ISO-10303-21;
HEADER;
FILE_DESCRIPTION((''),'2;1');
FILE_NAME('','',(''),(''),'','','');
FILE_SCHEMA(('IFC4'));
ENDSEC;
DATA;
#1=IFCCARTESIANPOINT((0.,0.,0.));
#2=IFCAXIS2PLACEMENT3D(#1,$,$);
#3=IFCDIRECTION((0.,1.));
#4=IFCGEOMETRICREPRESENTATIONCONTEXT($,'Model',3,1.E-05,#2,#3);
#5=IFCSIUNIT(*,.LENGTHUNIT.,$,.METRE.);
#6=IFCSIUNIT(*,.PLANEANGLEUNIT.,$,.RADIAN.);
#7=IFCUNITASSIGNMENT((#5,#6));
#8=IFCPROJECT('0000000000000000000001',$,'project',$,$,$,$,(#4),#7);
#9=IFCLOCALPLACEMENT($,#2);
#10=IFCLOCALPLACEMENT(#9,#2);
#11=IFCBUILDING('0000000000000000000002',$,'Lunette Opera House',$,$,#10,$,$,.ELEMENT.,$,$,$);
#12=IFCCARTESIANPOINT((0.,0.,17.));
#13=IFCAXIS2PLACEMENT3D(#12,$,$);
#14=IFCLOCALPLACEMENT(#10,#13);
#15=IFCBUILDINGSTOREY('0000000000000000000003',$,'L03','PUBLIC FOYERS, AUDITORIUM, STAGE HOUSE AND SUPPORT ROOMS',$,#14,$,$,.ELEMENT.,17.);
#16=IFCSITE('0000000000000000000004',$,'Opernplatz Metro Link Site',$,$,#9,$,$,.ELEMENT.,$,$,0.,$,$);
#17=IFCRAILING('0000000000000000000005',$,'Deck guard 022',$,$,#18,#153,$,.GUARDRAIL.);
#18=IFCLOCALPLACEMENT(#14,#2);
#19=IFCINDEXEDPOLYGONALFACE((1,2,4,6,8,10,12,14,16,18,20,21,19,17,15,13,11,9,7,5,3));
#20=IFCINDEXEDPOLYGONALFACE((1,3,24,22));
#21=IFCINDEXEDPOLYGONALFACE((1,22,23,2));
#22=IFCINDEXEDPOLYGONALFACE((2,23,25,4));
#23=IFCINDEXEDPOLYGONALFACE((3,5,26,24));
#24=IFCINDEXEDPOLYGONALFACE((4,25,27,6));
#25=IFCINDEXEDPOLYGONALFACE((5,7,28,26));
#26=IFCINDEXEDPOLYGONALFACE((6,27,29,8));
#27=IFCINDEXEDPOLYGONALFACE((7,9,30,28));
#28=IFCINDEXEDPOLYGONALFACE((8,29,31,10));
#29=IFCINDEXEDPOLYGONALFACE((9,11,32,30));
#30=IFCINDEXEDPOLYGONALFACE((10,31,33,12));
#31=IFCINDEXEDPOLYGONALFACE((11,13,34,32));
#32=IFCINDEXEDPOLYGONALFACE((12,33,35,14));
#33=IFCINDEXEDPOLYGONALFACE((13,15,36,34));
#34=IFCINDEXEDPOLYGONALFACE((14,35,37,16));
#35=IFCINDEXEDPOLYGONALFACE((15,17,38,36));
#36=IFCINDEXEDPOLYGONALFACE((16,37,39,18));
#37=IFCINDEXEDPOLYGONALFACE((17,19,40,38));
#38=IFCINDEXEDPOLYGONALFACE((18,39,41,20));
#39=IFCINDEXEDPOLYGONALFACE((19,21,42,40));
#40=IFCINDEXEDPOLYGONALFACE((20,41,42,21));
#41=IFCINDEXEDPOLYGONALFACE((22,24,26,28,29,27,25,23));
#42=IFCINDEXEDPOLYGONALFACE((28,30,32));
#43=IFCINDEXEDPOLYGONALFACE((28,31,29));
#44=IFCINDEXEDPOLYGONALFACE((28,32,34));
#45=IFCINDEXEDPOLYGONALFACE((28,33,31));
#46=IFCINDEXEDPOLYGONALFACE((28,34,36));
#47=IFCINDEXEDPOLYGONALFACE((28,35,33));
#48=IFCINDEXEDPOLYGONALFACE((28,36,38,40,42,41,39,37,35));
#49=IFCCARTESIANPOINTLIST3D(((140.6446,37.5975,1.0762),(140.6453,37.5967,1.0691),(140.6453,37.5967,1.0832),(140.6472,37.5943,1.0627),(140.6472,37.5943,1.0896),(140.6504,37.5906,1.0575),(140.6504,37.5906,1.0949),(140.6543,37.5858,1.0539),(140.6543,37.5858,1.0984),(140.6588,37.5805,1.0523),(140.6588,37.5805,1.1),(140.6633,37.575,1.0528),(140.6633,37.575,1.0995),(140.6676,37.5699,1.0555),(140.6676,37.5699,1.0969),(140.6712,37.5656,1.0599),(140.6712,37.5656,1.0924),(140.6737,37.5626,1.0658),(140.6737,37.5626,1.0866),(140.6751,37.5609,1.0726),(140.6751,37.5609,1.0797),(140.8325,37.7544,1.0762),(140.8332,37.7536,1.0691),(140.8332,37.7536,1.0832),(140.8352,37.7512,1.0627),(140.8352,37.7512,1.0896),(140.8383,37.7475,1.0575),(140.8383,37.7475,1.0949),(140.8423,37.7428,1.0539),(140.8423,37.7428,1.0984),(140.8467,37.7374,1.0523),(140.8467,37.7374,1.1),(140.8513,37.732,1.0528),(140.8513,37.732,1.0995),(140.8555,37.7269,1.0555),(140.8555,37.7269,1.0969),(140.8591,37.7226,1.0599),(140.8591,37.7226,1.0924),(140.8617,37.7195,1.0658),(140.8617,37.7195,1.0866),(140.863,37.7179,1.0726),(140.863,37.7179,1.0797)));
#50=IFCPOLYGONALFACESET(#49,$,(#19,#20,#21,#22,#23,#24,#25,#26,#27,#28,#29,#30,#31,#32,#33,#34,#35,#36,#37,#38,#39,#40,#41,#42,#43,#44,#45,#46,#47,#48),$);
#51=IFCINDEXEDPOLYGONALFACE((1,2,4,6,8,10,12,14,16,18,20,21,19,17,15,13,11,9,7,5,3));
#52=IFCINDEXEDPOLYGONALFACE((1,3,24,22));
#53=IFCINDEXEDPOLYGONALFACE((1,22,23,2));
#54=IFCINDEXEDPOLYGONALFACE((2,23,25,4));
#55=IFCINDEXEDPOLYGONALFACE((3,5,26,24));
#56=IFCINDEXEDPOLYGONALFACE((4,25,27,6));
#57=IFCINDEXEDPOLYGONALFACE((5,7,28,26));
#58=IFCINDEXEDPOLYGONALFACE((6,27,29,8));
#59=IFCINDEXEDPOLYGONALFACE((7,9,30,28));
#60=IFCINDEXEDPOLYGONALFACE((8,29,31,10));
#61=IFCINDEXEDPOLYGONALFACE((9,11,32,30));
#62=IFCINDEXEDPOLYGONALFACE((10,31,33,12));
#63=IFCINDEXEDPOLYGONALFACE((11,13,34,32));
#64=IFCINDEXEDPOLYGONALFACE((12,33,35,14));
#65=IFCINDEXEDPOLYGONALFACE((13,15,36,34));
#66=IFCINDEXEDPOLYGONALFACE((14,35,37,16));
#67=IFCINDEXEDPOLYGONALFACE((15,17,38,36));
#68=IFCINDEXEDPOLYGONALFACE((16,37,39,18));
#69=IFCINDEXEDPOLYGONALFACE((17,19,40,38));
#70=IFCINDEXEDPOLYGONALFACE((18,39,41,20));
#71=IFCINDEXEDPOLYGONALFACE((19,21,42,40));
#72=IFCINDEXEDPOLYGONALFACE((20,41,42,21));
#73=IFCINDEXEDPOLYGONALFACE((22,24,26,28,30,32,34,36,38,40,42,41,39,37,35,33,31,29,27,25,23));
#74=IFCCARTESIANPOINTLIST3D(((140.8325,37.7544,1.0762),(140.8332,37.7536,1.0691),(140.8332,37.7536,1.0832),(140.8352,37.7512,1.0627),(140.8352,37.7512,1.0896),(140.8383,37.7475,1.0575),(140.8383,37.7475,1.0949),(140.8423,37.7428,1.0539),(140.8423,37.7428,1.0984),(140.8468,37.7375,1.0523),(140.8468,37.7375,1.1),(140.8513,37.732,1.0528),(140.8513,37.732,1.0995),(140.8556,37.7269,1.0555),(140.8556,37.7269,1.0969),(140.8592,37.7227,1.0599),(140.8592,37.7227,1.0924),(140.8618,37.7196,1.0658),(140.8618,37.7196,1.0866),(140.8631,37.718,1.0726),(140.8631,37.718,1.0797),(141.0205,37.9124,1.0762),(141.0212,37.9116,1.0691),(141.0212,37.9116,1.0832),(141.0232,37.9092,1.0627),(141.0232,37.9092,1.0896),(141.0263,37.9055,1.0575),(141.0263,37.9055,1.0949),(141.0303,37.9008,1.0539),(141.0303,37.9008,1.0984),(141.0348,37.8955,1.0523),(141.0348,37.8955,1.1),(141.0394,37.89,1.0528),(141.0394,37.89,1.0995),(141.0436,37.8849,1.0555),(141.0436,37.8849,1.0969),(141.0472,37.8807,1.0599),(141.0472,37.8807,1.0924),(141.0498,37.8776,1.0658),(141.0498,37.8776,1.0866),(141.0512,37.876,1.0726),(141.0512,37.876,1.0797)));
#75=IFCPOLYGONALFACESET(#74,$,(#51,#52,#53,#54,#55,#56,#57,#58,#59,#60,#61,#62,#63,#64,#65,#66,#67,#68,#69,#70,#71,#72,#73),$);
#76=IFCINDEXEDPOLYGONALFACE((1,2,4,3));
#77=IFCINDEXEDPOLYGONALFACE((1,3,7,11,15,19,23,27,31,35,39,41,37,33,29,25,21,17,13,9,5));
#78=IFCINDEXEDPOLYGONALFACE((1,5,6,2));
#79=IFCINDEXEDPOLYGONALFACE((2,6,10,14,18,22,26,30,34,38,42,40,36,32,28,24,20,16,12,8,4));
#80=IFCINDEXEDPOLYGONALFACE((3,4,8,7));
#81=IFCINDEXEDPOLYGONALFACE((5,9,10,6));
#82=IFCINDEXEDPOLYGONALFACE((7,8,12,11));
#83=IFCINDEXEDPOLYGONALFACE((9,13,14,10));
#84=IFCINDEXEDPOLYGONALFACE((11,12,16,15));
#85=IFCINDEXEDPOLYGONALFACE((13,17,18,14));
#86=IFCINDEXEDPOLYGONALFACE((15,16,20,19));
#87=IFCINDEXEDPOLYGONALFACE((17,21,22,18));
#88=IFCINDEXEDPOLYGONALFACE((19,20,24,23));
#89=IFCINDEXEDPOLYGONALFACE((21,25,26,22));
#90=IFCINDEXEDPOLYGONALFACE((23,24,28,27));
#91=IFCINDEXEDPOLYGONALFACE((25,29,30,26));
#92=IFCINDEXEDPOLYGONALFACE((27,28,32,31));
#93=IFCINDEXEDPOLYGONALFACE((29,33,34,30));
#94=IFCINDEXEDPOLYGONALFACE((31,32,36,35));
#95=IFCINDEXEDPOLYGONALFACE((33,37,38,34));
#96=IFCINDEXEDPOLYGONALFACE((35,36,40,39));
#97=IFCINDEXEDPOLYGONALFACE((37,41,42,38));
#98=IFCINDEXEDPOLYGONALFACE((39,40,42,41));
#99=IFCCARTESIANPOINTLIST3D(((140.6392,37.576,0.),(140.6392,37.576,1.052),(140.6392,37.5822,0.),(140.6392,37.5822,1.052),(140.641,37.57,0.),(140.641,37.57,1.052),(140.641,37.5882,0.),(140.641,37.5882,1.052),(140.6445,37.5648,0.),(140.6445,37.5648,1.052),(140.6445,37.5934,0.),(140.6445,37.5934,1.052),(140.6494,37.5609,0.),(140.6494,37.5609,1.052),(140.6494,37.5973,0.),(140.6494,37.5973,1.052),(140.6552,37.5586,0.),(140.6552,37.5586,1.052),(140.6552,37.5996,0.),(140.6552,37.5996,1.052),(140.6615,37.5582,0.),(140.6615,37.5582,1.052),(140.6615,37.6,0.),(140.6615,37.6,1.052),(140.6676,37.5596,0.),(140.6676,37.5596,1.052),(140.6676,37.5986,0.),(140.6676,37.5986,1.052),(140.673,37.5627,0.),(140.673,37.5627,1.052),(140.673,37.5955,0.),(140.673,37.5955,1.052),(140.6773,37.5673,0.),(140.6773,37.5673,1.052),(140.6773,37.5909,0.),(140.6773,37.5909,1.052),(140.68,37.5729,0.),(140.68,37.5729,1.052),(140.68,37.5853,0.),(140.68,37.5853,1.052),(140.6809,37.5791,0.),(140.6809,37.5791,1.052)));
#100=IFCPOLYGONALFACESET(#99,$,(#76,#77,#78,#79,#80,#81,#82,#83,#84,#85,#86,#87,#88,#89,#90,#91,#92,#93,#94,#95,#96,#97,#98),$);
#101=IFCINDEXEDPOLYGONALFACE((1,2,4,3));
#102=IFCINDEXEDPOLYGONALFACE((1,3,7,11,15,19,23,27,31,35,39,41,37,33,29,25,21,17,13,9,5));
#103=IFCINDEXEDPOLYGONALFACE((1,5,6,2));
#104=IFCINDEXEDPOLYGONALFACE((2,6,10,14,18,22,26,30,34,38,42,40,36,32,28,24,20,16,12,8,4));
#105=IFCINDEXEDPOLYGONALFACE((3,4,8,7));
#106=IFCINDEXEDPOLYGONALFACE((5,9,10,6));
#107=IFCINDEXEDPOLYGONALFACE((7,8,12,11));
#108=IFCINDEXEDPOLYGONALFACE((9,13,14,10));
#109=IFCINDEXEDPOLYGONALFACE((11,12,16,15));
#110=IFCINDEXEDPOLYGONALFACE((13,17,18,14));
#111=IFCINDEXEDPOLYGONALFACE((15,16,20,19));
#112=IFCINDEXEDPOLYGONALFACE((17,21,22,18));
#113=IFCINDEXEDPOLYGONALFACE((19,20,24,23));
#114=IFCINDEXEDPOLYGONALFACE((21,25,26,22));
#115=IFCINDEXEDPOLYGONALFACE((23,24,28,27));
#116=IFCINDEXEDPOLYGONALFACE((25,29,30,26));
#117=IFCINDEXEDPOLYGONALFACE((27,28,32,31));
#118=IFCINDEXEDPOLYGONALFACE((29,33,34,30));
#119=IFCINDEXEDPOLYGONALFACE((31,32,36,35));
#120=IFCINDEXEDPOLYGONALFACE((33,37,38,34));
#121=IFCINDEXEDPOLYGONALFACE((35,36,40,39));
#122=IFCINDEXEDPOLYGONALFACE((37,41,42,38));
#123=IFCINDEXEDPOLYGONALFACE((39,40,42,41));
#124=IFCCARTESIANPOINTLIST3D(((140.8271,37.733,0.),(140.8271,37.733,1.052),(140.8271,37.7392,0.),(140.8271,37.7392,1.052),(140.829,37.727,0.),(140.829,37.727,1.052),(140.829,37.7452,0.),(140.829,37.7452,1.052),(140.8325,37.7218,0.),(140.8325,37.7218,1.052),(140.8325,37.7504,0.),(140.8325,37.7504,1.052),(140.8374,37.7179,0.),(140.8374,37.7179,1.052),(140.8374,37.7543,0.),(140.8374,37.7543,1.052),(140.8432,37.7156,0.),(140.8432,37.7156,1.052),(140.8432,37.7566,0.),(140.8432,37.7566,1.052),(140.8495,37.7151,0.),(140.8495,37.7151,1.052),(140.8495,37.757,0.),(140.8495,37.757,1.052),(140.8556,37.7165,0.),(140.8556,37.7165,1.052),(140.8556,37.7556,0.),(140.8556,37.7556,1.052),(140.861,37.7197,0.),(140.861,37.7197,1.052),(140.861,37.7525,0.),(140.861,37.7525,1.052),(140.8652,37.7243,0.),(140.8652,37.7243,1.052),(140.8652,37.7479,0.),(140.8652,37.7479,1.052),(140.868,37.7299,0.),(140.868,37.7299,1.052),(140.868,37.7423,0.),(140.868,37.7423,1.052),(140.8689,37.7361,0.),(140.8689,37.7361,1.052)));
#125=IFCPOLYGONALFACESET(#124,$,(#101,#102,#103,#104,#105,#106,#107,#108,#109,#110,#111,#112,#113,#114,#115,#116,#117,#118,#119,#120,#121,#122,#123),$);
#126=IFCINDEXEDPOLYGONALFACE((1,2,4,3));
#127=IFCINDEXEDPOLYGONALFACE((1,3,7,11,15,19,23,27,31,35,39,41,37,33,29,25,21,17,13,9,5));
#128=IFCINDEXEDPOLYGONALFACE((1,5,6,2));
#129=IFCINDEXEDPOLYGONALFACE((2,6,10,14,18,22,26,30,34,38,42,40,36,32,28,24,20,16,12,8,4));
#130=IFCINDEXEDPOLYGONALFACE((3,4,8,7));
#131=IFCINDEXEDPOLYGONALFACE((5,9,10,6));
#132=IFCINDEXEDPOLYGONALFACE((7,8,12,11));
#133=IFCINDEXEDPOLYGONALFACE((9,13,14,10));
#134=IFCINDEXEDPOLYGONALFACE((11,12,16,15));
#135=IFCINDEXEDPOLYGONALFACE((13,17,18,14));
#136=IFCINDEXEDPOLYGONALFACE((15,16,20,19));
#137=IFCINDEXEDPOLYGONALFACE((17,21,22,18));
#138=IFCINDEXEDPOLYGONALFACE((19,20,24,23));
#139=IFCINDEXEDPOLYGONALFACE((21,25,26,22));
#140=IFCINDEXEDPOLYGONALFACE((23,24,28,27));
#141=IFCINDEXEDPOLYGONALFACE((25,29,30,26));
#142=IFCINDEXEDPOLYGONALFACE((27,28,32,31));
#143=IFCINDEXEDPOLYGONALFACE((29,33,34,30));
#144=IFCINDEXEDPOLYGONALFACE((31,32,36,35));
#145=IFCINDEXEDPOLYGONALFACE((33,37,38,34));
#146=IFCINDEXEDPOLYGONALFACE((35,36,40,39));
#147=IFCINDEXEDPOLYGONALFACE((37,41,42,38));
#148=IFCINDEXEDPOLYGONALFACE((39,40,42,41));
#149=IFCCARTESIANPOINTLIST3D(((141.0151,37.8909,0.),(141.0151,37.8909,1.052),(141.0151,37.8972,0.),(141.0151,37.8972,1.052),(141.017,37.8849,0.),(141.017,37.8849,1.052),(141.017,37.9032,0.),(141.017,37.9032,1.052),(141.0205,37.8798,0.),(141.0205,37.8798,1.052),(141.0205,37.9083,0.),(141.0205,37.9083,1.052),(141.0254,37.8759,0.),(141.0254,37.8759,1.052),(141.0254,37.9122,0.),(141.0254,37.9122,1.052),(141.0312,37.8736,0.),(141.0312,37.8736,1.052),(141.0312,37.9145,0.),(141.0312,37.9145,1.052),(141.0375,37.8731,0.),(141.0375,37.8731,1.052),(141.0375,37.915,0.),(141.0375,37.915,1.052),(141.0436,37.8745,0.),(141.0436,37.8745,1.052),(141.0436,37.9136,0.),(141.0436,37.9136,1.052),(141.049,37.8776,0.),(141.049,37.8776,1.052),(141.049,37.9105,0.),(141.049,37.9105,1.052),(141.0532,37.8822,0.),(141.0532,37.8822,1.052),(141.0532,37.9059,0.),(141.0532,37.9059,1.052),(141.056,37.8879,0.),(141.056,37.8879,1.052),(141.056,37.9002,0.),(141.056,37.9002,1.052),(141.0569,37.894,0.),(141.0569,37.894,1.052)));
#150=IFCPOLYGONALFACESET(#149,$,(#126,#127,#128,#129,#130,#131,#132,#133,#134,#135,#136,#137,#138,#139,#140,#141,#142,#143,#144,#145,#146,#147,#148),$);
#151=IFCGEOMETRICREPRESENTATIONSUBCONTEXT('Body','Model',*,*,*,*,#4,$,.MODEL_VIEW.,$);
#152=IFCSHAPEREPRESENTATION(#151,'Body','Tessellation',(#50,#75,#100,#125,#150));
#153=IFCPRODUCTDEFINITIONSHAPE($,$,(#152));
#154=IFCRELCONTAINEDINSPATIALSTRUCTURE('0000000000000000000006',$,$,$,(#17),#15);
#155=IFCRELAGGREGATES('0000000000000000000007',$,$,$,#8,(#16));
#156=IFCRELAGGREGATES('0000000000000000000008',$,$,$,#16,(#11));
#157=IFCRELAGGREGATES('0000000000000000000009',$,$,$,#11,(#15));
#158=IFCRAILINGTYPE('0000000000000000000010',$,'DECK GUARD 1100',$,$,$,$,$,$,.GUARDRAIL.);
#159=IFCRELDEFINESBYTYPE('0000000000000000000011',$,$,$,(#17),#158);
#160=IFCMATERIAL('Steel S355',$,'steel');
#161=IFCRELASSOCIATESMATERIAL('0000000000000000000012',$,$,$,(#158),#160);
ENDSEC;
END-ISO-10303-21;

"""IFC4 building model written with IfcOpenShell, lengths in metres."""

from ifc_helpers import new_model, si_unit, direction, frame, origin, origin_2d, place, context, subcontext, project, spatial, circle, extrude, material, type_object, element, save


model = new_model("IFC4")

# Units and contexts
model_context = context("Model", 3, precision=1e-05, world=origin(), true_north=direction((0.0, 1.0)))
body_context = subcontext(model_context, "Body", "Model", "MODEL_VIEW")
ifc_project = project(units=[si_unit("LENGTHUNIT", "METRE"), si_unit("PLANEANGLEUNIT", "RADIAN")], contexts=[model_context])

# Site, building, storey
site_placement = place(None, origin())
site = spatial("IfcSite", under=ifc_project, at=site_placement, Name="Opernplatz Metro Link Site", CompositionType="ELEMENT", RefElevation=0.0)
building_placement = place(site_placement, origin())
building = spatial("IfcBuilding", under=site, at=building_placement, Name="Lunette Opera House", CompositionType="ELEMENT")
storey_placement = place(building_placement, frame((0.0, 0.0, 17.0)))
storey = spatial("IfcBuildingStorey", under=building, at=storey_placement, Name="L03", Description="PUBLIC FOYERS, AUDITORIUM, STAGE HOUSE AND SUPPORT ROOMS", CompositionType="ELEMENT", Elevation=17.0)

# Railing
ifc_material_1 = material(Name="Steel S355", Category="steel")
railing_type_1 = type_object("IfcRailingType", Name="DECK GUARD 1100", PredefinedType="GUARDRAIL", material=ifc_material_1)
railing_1_placement = place(storey_placement, frame((140.6599, 37.5791, 0.0)))
element("IfcRailing", 1, at=railing_1_placement, inside=storey, type_object=railing_type_1, Name="Deck guard 022", PredefinedType="GUARDRAIL", context=body_context, shape_type="SweptSolid", body=[
    extrude(circle(Radius=0.0239, at=origin_2d()), frame((0.0, 0.0, 1.0762), z_axis=(0.767567, 0.640968, 0.0), x_axis=(-0.640968, 0.767567, 0.0)), (0.0, 0.0, 1.0), 0.2449),
    extrude(circle(Radius=0.0239, at=origin_2d()), frame((0.188, 0.157, 1.0762), z_axis=(0.765607, 0.643309, 0.0), x_axis=(-0.643309, 0.765607, 0.0)), (0.0, 0.0, 1.0), 0.2456),
    extrude(circle(Radius=0.021, at=origin_2d()), origin(), (0.0, 0.0, 1.0), 1.052),
    extrude(circle(Radius=0.021, at=origin_2d()), frame((0.188, 0.157, 0.0)), (0.0, 0.0, 1.0), 1.052),
    extrude(circle(Radius=0.021, at=origin_2d()), frame((0.376, 0.3149, 0.0)), (0.0, 0.0, 1.0), 1.052),
])

save(model, "model.ifc")
